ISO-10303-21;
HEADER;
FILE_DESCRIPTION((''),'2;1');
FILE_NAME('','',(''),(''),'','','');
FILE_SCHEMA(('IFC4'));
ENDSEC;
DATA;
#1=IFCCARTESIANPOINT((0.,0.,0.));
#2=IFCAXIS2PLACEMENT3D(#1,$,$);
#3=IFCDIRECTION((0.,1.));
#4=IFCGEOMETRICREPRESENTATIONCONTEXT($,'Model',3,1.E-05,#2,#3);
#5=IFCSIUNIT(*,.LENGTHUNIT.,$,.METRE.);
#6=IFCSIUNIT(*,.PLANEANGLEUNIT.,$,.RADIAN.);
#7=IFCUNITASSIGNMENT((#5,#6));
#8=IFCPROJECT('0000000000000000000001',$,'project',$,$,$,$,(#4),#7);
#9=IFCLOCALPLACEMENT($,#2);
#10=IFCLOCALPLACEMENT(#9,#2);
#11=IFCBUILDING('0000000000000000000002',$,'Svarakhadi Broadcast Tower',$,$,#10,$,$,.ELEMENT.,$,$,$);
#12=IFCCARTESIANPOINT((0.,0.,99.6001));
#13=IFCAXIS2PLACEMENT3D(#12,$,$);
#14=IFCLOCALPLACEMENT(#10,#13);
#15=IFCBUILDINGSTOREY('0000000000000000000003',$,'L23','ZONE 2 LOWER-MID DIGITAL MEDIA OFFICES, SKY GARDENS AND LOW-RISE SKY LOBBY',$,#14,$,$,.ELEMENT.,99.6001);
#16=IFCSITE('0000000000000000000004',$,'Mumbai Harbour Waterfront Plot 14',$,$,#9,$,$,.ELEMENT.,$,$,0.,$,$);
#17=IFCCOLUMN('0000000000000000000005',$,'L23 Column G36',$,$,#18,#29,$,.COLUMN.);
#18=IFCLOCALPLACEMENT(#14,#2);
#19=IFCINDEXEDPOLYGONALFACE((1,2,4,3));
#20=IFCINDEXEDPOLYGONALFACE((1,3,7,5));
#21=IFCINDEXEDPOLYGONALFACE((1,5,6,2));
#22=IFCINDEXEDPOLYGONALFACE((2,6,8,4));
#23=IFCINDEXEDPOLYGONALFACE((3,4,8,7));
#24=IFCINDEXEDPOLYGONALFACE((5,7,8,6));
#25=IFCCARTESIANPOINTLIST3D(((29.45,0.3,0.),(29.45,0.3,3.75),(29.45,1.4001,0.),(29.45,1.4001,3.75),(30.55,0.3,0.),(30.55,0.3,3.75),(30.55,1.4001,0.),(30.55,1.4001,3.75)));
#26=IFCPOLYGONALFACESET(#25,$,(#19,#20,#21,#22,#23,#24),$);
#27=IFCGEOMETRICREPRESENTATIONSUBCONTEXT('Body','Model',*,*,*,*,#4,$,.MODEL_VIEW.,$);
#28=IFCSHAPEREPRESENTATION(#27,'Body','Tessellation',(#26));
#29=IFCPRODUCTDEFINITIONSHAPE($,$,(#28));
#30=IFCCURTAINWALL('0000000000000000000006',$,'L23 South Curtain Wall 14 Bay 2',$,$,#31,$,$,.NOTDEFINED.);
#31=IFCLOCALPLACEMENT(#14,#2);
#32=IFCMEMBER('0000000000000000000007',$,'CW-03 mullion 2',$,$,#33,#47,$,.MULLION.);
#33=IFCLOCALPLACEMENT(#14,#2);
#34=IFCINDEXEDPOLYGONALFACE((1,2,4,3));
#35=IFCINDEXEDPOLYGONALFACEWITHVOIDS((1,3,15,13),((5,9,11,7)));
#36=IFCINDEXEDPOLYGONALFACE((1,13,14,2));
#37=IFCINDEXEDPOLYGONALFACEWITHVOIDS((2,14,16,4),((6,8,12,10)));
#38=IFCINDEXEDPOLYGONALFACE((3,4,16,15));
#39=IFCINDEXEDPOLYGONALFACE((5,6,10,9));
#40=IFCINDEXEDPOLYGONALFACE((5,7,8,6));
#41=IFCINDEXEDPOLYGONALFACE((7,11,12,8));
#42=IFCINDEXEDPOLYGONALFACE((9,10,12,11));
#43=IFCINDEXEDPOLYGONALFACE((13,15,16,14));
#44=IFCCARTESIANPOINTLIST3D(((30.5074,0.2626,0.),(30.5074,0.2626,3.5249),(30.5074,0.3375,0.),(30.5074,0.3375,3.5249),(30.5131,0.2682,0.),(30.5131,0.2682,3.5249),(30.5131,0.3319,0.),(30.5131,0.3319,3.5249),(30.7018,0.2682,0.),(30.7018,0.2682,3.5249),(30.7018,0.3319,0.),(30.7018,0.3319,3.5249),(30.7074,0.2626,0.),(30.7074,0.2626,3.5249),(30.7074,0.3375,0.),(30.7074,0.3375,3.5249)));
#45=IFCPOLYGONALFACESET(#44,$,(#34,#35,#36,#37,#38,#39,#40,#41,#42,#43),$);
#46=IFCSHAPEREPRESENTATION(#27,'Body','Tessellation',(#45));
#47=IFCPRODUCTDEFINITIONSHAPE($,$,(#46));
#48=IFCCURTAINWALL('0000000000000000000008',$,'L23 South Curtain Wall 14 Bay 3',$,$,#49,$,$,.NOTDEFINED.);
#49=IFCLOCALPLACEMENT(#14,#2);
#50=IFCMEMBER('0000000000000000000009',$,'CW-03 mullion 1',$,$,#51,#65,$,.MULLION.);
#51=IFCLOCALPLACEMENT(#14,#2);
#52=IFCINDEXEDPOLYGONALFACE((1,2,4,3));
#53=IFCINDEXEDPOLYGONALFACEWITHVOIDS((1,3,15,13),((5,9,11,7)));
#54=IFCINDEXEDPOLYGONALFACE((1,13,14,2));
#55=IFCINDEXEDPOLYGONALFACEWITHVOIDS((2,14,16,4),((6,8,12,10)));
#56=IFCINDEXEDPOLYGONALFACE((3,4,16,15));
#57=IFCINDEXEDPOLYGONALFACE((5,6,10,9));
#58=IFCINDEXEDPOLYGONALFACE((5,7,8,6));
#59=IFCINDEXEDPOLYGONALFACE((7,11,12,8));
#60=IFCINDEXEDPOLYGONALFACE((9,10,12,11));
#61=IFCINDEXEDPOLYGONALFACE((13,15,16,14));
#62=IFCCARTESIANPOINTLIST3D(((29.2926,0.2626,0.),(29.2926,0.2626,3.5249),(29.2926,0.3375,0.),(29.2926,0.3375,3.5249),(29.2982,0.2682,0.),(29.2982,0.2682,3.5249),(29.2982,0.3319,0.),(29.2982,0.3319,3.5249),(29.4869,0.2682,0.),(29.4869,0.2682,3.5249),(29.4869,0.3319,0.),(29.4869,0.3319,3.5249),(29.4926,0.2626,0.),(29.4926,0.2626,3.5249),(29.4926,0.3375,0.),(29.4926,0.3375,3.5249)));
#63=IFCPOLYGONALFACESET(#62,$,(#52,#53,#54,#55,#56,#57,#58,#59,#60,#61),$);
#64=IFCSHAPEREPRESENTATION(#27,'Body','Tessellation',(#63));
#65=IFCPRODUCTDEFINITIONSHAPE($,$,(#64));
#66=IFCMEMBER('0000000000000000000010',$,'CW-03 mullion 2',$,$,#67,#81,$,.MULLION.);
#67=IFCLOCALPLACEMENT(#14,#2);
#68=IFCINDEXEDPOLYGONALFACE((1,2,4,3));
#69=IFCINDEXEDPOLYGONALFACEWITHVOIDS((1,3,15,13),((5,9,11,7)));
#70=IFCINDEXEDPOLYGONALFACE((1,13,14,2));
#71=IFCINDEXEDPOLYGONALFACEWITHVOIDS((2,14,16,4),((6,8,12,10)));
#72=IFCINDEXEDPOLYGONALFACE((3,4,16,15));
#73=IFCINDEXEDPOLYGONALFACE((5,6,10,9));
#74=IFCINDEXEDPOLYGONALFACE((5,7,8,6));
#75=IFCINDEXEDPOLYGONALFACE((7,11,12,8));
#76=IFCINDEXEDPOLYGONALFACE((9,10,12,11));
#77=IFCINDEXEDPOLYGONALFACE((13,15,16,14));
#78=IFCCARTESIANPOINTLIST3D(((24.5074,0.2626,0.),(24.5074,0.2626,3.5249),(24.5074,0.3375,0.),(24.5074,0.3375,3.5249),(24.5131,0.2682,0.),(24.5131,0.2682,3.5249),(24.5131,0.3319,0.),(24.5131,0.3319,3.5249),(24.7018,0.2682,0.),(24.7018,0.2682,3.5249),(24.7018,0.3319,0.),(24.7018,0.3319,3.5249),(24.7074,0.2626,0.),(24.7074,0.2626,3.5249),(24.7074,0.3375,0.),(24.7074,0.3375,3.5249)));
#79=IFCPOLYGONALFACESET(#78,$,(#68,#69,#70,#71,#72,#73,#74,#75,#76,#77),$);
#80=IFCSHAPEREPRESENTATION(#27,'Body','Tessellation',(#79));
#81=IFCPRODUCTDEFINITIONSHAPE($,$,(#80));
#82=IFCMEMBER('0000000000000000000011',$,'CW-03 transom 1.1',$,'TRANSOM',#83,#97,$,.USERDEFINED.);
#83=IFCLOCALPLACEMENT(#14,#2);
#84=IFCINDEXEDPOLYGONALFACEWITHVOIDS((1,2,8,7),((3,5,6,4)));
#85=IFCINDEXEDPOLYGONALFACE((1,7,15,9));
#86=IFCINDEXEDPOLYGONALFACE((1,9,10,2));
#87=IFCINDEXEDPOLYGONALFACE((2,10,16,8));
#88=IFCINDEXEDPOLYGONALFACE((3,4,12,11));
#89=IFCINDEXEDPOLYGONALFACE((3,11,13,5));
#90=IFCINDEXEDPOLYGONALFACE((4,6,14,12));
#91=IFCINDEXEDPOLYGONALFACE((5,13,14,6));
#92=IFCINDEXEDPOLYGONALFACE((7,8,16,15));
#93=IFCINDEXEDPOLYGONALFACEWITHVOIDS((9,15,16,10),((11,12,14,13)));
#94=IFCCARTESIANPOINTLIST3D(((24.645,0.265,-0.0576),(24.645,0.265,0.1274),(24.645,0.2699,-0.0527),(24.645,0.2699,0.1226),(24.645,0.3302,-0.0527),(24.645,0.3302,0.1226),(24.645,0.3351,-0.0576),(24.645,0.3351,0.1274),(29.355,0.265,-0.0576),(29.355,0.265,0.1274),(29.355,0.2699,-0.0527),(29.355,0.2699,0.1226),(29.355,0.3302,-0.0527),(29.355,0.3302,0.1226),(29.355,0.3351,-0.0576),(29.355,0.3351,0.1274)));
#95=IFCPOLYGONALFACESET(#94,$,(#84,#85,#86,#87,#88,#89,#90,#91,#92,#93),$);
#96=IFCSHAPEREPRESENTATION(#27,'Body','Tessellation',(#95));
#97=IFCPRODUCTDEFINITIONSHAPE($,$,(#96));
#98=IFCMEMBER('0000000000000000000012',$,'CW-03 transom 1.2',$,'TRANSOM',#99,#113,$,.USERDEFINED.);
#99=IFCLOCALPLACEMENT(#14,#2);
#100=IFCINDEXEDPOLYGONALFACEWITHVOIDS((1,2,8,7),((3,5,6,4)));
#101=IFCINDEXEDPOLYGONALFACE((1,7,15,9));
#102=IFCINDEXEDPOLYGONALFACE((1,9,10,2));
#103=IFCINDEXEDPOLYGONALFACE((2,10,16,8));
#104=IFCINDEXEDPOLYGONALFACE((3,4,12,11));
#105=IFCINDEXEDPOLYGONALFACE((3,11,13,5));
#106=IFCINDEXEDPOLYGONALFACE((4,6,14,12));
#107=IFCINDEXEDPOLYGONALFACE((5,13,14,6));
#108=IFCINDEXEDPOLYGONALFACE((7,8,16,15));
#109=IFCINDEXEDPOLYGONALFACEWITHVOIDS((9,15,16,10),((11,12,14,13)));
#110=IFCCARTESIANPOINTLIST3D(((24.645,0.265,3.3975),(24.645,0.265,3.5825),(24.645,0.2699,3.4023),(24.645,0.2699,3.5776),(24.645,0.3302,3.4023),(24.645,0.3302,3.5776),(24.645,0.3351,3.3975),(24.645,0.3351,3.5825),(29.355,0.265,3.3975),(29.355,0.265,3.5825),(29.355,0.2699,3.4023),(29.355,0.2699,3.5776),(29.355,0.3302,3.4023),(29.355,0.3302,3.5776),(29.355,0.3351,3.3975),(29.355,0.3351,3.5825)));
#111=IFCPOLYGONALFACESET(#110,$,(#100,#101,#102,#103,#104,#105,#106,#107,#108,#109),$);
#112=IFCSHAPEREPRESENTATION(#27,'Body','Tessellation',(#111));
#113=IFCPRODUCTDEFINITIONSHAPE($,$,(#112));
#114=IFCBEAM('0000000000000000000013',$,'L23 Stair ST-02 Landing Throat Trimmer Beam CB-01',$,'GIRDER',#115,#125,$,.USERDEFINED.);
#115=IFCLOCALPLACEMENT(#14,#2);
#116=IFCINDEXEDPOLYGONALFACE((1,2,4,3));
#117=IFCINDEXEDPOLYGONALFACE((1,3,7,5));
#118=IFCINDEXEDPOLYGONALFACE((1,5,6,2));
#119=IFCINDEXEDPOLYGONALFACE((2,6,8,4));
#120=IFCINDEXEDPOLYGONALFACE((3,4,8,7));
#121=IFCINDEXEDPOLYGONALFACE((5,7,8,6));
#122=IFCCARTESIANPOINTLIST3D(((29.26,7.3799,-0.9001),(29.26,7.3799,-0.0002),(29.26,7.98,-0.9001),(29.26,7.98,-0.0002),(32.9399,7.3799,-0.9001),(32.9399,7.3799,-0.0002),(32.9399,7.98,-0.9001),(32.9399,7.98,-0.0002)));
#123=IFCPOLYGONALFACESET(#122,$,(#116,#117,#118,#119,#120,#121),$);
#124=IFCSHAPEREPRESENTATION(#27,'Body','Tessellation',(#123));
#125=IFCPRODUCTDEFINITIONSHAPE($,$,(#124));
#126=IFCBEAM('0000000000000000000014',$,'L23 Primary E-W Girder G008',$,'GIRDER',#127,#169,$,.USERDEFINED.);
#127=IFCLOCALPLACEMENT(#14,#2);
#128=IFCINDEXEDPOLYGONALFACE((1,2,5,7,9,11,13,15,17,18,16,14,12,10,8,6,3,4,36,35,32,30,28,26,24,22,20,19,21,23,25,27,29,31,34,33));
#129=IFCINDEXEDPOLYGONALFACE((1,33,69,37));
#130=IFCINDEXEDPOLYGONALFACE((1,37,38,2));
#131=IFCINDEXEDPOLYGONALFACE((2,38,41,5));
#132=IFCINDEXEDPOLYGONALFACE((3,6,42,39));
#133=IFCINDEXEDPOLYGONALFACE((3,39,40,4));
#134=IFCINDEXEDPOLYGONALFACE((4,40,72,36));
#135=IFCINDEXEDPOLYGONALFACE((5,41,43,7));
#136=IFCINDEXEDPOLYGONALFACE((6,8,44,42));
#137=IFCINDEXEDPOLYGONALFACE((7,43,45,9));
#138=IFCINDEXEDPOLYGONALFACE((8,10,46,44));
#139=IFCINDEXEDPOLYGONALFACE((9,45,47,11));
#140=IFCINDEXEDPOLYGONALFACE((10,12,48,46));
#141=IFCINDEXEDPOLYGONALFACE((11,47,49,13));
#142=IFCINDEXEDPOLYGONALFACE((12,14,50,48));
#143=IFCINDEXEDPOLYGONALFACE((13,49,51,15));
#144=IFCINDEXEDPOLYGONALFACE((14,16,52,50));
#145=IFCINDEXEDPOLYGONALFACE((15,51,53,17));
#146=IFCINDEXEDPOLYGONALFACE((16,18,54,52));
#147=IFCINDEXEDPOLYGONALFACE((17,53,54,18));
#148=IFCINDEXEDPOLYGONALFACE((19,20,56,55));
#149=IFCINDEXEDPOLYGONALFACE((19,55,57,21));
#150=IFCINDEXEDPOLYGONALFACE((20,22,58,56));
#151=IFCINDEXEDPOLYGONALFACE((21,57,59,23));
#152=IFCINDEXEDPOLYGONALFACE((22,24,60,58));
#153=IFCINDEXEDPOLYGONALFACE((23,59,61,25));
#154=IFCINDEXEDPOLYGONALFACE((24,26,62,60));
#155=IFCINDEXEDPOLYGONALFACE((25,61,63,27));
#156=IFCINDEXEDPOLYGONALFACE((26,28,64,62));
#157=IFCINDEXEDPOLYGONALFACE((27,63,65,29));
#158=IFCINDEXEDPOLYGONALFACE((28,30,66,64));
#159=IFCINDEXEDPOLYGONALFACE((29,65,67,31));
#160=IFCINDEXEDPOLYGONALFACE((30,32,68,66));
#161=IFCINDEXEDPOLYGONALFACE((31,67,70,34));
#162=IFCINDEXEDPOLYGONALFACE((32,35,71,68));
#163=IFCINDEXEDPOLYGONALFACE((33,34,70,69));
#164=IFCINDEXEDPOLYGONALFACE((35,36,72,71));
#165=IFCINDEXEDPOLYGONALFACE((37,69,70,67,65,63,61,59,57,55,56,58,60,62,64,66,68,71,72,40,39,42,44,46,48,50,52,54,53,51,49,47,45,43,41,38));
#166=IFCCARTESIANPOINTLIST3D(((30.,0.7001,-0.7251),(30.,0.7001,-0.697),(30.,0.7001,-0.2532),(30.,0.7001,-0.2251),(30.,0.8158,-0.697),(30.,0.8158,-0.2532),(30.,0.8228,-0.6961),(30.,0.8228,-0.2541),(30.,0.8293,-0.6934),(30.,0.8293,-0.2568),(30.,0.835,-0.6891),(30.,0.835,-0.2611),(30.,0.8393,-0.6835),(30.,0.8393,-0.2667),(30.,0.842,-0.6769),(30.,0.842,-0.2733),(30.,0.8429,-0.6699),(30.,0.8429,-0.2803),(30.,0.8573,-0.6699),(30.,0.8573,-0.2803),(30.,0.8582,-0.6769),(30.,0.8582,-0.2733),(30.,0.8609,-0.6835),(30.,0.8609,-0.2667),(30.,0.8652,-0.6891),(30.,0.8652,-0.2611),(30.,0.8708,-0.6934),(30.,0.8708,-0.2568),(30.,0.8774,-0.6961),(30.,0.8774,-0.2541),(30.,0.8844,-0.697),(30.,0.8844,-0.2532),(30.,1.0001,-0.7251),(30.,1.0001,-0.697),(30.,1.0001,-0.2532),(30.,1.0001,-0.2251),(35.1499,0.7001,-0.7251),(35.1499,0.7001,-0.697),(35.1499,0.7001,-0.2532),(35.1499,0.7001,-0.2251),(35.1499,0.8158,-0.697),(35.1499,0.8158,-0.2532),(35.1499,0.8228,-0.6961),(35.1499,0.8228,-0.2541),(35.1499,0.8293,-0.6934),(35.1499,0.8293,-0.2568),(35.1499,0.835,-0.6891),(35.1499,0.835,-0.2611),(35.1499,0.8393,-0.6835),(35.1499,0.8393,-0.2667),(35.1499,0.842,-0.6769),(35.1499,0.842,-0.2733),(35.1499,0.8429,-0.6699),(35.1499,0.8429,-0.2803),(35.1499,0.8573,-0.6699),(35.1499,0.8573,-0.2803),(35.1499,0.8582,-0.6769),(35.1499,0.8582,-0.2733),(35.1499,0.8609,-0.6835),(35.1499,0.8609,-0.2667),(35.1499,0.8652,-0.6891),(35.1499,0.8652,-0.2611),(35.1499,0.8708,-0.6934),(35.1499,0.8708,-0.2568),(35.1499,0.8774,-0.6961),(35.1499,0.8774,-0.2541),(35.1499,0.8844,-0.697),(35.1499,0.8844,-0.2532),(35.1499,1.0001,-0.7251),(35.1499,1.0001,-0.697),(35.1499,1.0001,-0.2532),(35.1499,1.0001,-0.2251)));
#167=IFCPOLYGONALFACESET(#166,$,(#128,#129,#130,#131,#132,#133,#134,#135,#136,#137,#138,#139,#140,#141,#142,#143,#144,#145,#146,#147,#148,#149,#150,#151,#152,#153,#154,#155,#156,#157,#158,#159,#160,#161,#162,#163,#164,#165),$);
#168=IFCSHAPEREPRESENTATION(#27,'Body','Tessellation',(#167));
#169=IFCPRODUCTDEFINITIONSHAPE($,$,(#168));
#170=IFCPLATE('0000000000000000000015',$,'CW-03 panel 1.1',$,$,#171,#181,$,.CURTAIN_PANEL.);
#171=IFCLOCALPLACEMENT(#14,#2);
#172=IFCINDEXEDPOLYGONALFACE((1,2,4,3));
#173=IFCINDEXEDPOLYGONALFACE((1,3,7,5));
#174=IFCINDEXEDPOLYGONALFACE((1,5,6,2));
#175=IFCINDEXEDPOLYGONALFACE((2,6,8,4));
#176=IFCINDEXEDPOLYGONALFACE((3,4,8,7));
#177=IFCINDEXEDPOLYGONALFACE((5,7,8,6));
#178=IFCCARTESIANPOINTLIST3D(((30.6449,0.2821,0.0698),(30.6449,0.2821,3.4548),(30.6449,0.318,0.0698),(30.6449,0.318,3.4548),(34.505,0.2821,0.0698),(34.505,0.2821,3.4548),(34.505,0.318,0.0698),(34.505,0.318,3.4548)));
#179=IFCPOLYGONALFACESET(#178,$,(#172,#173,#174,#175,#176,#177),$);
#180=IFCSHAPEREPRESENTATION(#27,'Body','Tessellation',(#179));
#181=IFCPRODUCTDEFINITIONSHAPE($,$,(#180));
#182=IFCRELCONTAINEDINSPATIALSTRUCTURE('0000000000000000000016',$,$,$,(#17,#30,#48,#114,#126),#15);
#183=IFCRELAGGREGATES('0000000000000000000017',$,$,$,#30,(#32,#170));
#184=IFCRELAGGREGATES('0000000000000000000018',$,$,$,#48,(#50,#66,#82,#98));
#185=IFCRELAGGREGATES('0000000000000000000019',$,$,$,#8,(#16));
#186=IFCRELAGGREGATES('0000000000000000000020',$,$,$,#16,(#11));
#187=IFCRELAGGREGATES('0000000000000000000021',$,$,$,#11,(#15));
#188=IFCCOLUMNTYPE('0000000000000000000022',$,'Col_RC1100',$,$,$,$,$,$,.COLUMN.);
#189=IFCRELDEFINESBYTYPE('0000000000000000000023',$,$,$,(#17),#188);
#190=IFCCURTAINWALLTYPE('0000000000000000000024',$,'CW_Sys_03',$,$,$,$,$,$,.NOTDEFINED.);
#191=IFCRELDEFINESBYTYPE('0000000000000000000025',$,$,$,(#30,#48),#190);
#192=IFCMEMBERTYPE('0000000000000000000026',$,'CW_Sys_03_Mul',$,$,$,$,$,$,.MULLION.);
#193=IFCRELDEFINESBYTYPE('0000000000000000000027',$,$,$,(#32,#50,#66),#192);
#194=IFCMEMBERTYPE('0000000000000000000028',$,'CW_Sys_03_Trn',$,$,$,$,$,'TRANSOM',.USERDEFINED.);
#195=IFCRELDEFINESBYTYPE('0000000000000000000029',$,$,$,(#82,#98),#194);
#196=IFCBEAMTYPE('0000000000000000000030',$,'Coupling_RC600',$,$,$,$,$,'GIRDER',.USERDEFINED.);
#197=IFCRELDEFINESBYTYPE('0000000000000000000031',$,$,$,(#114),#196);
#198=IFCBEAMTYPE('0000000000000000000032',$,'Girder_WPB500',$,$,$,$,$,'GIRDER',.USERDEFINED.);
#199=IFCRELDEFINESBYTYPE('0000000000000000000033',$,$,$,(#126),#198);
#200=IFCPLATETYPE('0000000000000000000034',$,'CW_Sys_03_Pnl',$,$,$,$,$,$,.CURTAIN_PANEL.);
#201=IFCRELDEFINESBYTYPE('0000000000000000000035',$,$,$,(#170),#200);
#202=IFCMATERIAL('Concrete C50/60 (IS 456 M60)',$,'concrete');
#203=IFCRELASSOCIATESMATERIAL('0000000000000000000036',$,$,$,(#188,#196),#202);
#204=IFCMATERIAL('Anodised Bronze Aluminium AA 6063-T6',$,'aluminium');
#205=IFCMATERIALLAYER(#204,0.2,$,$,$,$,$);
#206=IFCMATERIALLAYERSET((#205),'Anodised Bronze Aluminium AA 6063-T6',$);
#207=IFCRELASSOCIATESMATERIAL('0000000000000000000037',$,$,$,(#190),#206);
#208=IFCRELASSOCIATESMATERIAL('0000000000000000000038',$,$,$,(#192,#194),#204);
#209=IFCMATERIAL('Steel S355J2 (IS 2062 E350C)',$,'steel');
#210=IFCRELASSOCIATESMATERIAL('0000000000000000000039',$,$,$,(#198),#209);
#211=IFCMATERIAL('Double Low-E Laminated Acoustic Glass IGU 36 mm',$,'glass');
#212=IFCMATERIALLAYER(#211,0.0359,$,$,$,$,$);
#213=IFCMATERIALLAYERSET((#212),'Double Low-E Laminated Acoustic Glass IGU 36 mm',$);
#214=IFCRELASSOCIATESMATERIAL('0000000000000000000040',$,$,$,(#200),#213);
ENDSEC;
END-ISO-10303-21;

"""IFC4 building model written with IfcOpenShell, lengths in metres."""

from ifc_helpers import new_model, si_unit, direction, frame, origin, origin_2d, place, context, subcontext, project, spatial, rectangle, hollow_rectangle, i_section, extrude, material, layer, layer_set, material_profile, profile_set, type_object, element, aggregate, save


model = new_model("IFC4")

# Units and contexts
model_context = context("Model", 3, precision=1e-05, world=origin(), true_north=direction((0.0, 1.0)))
body_context = subcontext(model_context, "Body", "Model", "MODEL_VIEW")
ifc_project = project(units=[si_unit("LENGTHUNIT", "METRE"), si_unit("PLANEANGLEUNIT", "RADIAN")], contexts=[model_context])

# Site, building, storey
site_placement = place(None, origin())
site = spatial("IfcSite", under=ifc_project, at=site_placement, Name="Mumbai Harbour Waterfront Plot 14", CompositionType="ELEMENT", RefElevation=0.0)
building_placement = place(site_placement, origin())
building = spatial("IfcBuilding", under=site, at=building_placement, Name="Svarakhadi Broadcast Tower", CompositionType="ELEMENT")
storey_placement = place(building_placement, frame((0.0, 0.0, 99.6001)))
storey = spatial("IfcBuildingStorey", under=building, at=storey_placement, Name="L23", Description="ZONE 2 LOWER-MID DIGITAL MEDIA OFFICES, SKY GARDENS AND LOW-RISE SKY LOBBY", CompositionType="ELEMENT", Elevation=99.6001)

# Column
ifc_material_1 = material(Name="Concrete C50/60 (IS 456 M60)", Category="concrete")
ifc_material_profile_1 = material_profile(ifc_material_1, rectangle(XDim=1.1001, YDim=1.1001, at=origin_2d()), Name="RC 1100x1100")
ifc_profile_set_1 = profile_set([ifc_material_profile_1], Name="Concrete C50/60 (IS 456 M60)")
column_type = type_object("IfcColumnType", Name="Col_RC1100", PredefinedType="COLUMN", material=ifc_profile_set_1)
column_placement = place(storey_placement, frame((30.0, 0.8501, 0.0), z_axis=(0.0, 0.0, 1.0), x_axis=(1.0, 0.0, 0.0)))
element("IfcColumn", 1, at=column_placement, inside=storey, type_object=column_type, Name="L23 Column G36", PredefinedType="COLUMN", context=body_context, shape_type="SweptSolid", body=[
    extrude(rectangle(XDim=1.1001, YDim=1.1001, at=origin_2d()), origin(), (0.0, 0.0, 1.0), 3.75),
])

# Curtain wall, member
ifc_material_2 = material(Name="Anodised Bronze Aluminium AA 6063-T6", Category="aluminium")
ifc_layer_1 = layer(ifc_material_2, 0.2)
ifc_layer_set_1 = layer_set([ifc_layer_1], Name="Anodised Bronze Aluminium AA 6063-T6")
curtain_wall_type = type_object("IfcCurtainWallType", Name="CW_Sys_03", PredefinedType="NOTDEFINED", material=ifc_layer_set_1)
curtain_wall_1_placement = place(storey_placement, origin())
curtain_wall_1 = element("IfcCurtainWall", 2, at=curtain_wall_1_placement, inside=storey, type_object=curtain_wall_type, Name="L23 South Curtain Wall 14 Bay 2", PredefinedType="NOTDEFINED")
ifc_material_profile_2 = material_profile(ifc_material_2, hollow_rectangle(XDim=0.075, YDim=0.2, WallThickness=0.0056, at=origin_2d()), Name="ALU MULLION 200x75x6")
ifc_profile_set_2 = profile_set([ifc_material_profile_2], Name="Anodised Bronze Aluminium AA 6063-T6")
member_type_1 = type_object("IfcMemberType", Name="CW_Sys_03_Mul", PredefinedType="MULLION", material=ifc_profile_set_2)
member_1_placement = place(storey_placement, frame((30.6074, 0.3, 0.0), z_axis=(0.0, 0.0, 1.0), x_axis=(0.0, -1.0, 0.0)))
member_1 = element("IfcMember", 3, at=member_1_placement, type_object=member_type_1, Name="CW-03 mullion 2", PredefinedType="MULLION", context=body_context, shape_type="SweptSolid", body=[
    extrude(hollow_rectangle(XDim=0.075, YDim=0.2, WallThickness=0.0056, at=origin_2d()), origin(), (0.0, 0.0, 1.0), 3.5249),
])

# Curtain wall, members
curtain_wall_2_placement = place(storey_placement, origin())
curtain_wall_2 = element("IfcCurtainWall", 4, at=curtain_wall_2_placement, inside=storey, type_object=curtain_wall_type, Name="L23 South Curtain Wall 14 Bay 3", PredefinedType="NOTDEFINED")
member_2_placement = place(storey_placement, frame((29.3926, 0.3, 0.0), z_axis=(0.0, 0.0, 1.0), x_axis=(0.0, -1.0, 0.0)))
member_2 = element("IfcMember", 5, at=member_2_placement, type_object=member_type_1, Name="CW-03 mullion 1", PredefinedType="MULLION", context=body_context, shape_type="SweptSolid", body=[
    extrude(hollow_rectangle(XDim=0.075, YDim=0.2, WallThickness=0.0056, at=origin_2d()), origin(), (0.0, 0.0, 1.0), 3.5249),
])
member_3_placement = place(storey_placement, frame((24.6074, 0.3, 0.0), z_axis=(0.0, 0.0, 1.0), x_axis=(0.0, -1.0, 0.0)))
member_3 = element("IfcMember", 6, at=member_3_placement, type_object=member_type_1, Name="CW-03 mullion 2", PredefinedType="MULLION", context=body_context, shape_type="SweptSolid", body=[
    extrude(hollow_rectangle(XDim=0.075, YDim=0.2, WallThickness=0.0056, at=origin_2d()), origin(), (0.0, 0.0, 1.0), 3.5249),
])
ifc_material_profile_3 = material_profile(ifc_material_2, hollow_rectangle(XDim=0.0701, YDim=0.1851, WallThickness=0.0049, at=origin_2d()), Name="ALU TRANSOM 185x70x5")
ifc_profile_set_3 = profile_set([ifc_material_profile_3], Name="Anodised Bronze Aluminium AA 6063-T6")
member_type_2 = type_object("IfcMemberType", Name="CW_Sys_03_Trn", ElementType="TRANSOM", PredefinedType="USERDEFINED", material=ifc_profile_set_3)
member_4_placement = place(storey_placement, frame((29.355, 0.3, 0.0349), z_axis=(-1.0, 0.0, 0.0), x_axis=(0.0, -1.0, 0.0)))
member_4 = element("IfcMember", 7, at=member_4_placement, type_object=member_type_2, Name="CW-03 transom 1.1", ObjectType="TRANSOM", PredefinedType="USERDEFINED", context=body_context, shape_type="SweptSolid", body=[
    extrude(hollow_rectangle(XDim=0.0701, YDim=0.1851, WallThickness=0.0049, at=origin_2d()), origin(), (0.0, 0.0, 1.0), 4.71),
])
member_5_placement = place(storey_placement, frame((29.355, 0.3, 3.49), z_axis=(-1.0, 0.0, 0.0), x_axis=(0.0, -1.0, 0.0)))
member_5 = element("IfcMember", 8, at=member_5_placement, type_object=member_type_2, Name="CW-03 transom 1.2", ObjectType="TRANSOM", PredefinedType="USERDEFINED", context=body_context, shape_type="SweptSolid", body=[
    extrude(hollow_rectangle(XDim=0.0701, YDim=0.1851, WallThickness=0.0049, at=origin_2d()), origin(), (0.0, 0.0, 1.0), 4.71),
])

# Beams
ifc_material_profile_4 = material_profile(ifc_material_1, rectangle(XDim=0.6001, YDim=0.8999, at=origin_2d()), Name="RC 600x900")
ifc_profile_set_4 = profile_set([ifc_material_profile_4], Name="Concrete C50/60 (IS 456 M60)")
beam_type_1 = type_object("IfcBeamType", Name="Coupling_RC600", ElementType="GIRDER", PredefinedType="USERDEFINED", material=ifc_profile_set_4)
beam_1_placement = place(storey_placement, frame((29.26, 7.6799, -0.4502), z_axis=(1.0, 0.0, 0.0), x_axis=(0.0, 1.0, 0.0)))
element("IfcBeam", 9, at=beam_1_placement, inside=storey, type_object=beam_type_1, Name="L23 Stair ST-02 Landing Throat Trimmer Beam CB-01", ObjectType="GIRDER", PredefinedType="USERDEFINED", context=body_context, shape_type="SweptSolid", body=[
    extrude(rectangle(XDim=0.6001, YDim=0.8999, at=origin_2d()), origin(), (0.0, 0.0, 1.0), 3.6799),
])
ifc_material_3 = material(Name="Steel S355J2 (IS 2062 E350C)", Category="steel")
ifc_material_profile_5 = material_profile(ifc_material_3, i_section(OverallWidth=0.3, OverallDepth=0.5, WebThickness=0.0144, FlangeThickness=0.0281, FilletRadius=0.0271, at=origin_2d()), Name="WPB 500x300x187")
ifc_profile_set_5 = profile_set([ifc_material_profile_5], Name="Steel S355J2 (IS 2062 E350C)")
beam_type_2 = type_object("IfcBeamType", Name="Girder_WPB500", ElementType="GIRDER", PredefinedType="USERDEFINED", material=ifc_profile_set_5)
beam_2_placement = place(storey_placement, frame((30.0, 0.8501, -0.4751), z_axis=(1.0, 0.0, 0.0), x_axis=(0.0, 1.0, 0.0)))
element("IfcBeam", 10, at=beam_2_placement, inside=storey, type_object=beam_type_2, Name="L23 Primary E-W Girder G008", ObjectType="GIRDER", PredefinedType="USERDEFINED", context=body_context, shape_type="SweptSolid", body=[
    extrude(i_section(OverallWidth=0.3, OverallDepth=0.5, WebThickness=0.0144, FlangeThickness=0.0281, FilletRadius=0.0271, at=origin_2d()), origin(), (0.0, 0.0, 1.0), 5.1499),
])

# Plate
ifc_material_4 = material(Name="Double Low-E Laminated Acoustic Glass IGU 36 mm", Category="glass")
ifc_layer_2 = layer(ifc_material_4, 0.0359)
ifc_layer_set_2 = layer_set([ifc_layer_2], Name="Double Low-E Laminated Acoustic Glass IGU 36 mm")
plate_type = type_object("IfcPlateType", Name="CW_Sys_03_Pnl", PredefinedType="CURTAIN_PANEL", material=ifc_layer_set_2)
plate_1_placement = place(storey_placement, frame((32.575, 0.3, 0.0698), z_axis=(0.0, 0.0, 1.0), x_axis=(-1.0, 0.0, 0.0)))
plate_1 = element("IfcPlate", 11, at=plate_1_placement, type_object=plate_type, Name="CW-03 panel 1.1", PredefinedType="CURTAIN_PANEL", context=body_context, shape_type="SweptSolid", body=[
    extrude(rectangle(XDim=3.8601, YDim=0.0359, at=origin_2d()), origin(), (0.0, 0.0, 1.0), 3.385),
])
aggregate(curtain_wall_1, [member_1, plate_1])
aggregate(curtain_wall_2, [member_2, member_3, member_4, member_5])

save(model, "model.ifc")
